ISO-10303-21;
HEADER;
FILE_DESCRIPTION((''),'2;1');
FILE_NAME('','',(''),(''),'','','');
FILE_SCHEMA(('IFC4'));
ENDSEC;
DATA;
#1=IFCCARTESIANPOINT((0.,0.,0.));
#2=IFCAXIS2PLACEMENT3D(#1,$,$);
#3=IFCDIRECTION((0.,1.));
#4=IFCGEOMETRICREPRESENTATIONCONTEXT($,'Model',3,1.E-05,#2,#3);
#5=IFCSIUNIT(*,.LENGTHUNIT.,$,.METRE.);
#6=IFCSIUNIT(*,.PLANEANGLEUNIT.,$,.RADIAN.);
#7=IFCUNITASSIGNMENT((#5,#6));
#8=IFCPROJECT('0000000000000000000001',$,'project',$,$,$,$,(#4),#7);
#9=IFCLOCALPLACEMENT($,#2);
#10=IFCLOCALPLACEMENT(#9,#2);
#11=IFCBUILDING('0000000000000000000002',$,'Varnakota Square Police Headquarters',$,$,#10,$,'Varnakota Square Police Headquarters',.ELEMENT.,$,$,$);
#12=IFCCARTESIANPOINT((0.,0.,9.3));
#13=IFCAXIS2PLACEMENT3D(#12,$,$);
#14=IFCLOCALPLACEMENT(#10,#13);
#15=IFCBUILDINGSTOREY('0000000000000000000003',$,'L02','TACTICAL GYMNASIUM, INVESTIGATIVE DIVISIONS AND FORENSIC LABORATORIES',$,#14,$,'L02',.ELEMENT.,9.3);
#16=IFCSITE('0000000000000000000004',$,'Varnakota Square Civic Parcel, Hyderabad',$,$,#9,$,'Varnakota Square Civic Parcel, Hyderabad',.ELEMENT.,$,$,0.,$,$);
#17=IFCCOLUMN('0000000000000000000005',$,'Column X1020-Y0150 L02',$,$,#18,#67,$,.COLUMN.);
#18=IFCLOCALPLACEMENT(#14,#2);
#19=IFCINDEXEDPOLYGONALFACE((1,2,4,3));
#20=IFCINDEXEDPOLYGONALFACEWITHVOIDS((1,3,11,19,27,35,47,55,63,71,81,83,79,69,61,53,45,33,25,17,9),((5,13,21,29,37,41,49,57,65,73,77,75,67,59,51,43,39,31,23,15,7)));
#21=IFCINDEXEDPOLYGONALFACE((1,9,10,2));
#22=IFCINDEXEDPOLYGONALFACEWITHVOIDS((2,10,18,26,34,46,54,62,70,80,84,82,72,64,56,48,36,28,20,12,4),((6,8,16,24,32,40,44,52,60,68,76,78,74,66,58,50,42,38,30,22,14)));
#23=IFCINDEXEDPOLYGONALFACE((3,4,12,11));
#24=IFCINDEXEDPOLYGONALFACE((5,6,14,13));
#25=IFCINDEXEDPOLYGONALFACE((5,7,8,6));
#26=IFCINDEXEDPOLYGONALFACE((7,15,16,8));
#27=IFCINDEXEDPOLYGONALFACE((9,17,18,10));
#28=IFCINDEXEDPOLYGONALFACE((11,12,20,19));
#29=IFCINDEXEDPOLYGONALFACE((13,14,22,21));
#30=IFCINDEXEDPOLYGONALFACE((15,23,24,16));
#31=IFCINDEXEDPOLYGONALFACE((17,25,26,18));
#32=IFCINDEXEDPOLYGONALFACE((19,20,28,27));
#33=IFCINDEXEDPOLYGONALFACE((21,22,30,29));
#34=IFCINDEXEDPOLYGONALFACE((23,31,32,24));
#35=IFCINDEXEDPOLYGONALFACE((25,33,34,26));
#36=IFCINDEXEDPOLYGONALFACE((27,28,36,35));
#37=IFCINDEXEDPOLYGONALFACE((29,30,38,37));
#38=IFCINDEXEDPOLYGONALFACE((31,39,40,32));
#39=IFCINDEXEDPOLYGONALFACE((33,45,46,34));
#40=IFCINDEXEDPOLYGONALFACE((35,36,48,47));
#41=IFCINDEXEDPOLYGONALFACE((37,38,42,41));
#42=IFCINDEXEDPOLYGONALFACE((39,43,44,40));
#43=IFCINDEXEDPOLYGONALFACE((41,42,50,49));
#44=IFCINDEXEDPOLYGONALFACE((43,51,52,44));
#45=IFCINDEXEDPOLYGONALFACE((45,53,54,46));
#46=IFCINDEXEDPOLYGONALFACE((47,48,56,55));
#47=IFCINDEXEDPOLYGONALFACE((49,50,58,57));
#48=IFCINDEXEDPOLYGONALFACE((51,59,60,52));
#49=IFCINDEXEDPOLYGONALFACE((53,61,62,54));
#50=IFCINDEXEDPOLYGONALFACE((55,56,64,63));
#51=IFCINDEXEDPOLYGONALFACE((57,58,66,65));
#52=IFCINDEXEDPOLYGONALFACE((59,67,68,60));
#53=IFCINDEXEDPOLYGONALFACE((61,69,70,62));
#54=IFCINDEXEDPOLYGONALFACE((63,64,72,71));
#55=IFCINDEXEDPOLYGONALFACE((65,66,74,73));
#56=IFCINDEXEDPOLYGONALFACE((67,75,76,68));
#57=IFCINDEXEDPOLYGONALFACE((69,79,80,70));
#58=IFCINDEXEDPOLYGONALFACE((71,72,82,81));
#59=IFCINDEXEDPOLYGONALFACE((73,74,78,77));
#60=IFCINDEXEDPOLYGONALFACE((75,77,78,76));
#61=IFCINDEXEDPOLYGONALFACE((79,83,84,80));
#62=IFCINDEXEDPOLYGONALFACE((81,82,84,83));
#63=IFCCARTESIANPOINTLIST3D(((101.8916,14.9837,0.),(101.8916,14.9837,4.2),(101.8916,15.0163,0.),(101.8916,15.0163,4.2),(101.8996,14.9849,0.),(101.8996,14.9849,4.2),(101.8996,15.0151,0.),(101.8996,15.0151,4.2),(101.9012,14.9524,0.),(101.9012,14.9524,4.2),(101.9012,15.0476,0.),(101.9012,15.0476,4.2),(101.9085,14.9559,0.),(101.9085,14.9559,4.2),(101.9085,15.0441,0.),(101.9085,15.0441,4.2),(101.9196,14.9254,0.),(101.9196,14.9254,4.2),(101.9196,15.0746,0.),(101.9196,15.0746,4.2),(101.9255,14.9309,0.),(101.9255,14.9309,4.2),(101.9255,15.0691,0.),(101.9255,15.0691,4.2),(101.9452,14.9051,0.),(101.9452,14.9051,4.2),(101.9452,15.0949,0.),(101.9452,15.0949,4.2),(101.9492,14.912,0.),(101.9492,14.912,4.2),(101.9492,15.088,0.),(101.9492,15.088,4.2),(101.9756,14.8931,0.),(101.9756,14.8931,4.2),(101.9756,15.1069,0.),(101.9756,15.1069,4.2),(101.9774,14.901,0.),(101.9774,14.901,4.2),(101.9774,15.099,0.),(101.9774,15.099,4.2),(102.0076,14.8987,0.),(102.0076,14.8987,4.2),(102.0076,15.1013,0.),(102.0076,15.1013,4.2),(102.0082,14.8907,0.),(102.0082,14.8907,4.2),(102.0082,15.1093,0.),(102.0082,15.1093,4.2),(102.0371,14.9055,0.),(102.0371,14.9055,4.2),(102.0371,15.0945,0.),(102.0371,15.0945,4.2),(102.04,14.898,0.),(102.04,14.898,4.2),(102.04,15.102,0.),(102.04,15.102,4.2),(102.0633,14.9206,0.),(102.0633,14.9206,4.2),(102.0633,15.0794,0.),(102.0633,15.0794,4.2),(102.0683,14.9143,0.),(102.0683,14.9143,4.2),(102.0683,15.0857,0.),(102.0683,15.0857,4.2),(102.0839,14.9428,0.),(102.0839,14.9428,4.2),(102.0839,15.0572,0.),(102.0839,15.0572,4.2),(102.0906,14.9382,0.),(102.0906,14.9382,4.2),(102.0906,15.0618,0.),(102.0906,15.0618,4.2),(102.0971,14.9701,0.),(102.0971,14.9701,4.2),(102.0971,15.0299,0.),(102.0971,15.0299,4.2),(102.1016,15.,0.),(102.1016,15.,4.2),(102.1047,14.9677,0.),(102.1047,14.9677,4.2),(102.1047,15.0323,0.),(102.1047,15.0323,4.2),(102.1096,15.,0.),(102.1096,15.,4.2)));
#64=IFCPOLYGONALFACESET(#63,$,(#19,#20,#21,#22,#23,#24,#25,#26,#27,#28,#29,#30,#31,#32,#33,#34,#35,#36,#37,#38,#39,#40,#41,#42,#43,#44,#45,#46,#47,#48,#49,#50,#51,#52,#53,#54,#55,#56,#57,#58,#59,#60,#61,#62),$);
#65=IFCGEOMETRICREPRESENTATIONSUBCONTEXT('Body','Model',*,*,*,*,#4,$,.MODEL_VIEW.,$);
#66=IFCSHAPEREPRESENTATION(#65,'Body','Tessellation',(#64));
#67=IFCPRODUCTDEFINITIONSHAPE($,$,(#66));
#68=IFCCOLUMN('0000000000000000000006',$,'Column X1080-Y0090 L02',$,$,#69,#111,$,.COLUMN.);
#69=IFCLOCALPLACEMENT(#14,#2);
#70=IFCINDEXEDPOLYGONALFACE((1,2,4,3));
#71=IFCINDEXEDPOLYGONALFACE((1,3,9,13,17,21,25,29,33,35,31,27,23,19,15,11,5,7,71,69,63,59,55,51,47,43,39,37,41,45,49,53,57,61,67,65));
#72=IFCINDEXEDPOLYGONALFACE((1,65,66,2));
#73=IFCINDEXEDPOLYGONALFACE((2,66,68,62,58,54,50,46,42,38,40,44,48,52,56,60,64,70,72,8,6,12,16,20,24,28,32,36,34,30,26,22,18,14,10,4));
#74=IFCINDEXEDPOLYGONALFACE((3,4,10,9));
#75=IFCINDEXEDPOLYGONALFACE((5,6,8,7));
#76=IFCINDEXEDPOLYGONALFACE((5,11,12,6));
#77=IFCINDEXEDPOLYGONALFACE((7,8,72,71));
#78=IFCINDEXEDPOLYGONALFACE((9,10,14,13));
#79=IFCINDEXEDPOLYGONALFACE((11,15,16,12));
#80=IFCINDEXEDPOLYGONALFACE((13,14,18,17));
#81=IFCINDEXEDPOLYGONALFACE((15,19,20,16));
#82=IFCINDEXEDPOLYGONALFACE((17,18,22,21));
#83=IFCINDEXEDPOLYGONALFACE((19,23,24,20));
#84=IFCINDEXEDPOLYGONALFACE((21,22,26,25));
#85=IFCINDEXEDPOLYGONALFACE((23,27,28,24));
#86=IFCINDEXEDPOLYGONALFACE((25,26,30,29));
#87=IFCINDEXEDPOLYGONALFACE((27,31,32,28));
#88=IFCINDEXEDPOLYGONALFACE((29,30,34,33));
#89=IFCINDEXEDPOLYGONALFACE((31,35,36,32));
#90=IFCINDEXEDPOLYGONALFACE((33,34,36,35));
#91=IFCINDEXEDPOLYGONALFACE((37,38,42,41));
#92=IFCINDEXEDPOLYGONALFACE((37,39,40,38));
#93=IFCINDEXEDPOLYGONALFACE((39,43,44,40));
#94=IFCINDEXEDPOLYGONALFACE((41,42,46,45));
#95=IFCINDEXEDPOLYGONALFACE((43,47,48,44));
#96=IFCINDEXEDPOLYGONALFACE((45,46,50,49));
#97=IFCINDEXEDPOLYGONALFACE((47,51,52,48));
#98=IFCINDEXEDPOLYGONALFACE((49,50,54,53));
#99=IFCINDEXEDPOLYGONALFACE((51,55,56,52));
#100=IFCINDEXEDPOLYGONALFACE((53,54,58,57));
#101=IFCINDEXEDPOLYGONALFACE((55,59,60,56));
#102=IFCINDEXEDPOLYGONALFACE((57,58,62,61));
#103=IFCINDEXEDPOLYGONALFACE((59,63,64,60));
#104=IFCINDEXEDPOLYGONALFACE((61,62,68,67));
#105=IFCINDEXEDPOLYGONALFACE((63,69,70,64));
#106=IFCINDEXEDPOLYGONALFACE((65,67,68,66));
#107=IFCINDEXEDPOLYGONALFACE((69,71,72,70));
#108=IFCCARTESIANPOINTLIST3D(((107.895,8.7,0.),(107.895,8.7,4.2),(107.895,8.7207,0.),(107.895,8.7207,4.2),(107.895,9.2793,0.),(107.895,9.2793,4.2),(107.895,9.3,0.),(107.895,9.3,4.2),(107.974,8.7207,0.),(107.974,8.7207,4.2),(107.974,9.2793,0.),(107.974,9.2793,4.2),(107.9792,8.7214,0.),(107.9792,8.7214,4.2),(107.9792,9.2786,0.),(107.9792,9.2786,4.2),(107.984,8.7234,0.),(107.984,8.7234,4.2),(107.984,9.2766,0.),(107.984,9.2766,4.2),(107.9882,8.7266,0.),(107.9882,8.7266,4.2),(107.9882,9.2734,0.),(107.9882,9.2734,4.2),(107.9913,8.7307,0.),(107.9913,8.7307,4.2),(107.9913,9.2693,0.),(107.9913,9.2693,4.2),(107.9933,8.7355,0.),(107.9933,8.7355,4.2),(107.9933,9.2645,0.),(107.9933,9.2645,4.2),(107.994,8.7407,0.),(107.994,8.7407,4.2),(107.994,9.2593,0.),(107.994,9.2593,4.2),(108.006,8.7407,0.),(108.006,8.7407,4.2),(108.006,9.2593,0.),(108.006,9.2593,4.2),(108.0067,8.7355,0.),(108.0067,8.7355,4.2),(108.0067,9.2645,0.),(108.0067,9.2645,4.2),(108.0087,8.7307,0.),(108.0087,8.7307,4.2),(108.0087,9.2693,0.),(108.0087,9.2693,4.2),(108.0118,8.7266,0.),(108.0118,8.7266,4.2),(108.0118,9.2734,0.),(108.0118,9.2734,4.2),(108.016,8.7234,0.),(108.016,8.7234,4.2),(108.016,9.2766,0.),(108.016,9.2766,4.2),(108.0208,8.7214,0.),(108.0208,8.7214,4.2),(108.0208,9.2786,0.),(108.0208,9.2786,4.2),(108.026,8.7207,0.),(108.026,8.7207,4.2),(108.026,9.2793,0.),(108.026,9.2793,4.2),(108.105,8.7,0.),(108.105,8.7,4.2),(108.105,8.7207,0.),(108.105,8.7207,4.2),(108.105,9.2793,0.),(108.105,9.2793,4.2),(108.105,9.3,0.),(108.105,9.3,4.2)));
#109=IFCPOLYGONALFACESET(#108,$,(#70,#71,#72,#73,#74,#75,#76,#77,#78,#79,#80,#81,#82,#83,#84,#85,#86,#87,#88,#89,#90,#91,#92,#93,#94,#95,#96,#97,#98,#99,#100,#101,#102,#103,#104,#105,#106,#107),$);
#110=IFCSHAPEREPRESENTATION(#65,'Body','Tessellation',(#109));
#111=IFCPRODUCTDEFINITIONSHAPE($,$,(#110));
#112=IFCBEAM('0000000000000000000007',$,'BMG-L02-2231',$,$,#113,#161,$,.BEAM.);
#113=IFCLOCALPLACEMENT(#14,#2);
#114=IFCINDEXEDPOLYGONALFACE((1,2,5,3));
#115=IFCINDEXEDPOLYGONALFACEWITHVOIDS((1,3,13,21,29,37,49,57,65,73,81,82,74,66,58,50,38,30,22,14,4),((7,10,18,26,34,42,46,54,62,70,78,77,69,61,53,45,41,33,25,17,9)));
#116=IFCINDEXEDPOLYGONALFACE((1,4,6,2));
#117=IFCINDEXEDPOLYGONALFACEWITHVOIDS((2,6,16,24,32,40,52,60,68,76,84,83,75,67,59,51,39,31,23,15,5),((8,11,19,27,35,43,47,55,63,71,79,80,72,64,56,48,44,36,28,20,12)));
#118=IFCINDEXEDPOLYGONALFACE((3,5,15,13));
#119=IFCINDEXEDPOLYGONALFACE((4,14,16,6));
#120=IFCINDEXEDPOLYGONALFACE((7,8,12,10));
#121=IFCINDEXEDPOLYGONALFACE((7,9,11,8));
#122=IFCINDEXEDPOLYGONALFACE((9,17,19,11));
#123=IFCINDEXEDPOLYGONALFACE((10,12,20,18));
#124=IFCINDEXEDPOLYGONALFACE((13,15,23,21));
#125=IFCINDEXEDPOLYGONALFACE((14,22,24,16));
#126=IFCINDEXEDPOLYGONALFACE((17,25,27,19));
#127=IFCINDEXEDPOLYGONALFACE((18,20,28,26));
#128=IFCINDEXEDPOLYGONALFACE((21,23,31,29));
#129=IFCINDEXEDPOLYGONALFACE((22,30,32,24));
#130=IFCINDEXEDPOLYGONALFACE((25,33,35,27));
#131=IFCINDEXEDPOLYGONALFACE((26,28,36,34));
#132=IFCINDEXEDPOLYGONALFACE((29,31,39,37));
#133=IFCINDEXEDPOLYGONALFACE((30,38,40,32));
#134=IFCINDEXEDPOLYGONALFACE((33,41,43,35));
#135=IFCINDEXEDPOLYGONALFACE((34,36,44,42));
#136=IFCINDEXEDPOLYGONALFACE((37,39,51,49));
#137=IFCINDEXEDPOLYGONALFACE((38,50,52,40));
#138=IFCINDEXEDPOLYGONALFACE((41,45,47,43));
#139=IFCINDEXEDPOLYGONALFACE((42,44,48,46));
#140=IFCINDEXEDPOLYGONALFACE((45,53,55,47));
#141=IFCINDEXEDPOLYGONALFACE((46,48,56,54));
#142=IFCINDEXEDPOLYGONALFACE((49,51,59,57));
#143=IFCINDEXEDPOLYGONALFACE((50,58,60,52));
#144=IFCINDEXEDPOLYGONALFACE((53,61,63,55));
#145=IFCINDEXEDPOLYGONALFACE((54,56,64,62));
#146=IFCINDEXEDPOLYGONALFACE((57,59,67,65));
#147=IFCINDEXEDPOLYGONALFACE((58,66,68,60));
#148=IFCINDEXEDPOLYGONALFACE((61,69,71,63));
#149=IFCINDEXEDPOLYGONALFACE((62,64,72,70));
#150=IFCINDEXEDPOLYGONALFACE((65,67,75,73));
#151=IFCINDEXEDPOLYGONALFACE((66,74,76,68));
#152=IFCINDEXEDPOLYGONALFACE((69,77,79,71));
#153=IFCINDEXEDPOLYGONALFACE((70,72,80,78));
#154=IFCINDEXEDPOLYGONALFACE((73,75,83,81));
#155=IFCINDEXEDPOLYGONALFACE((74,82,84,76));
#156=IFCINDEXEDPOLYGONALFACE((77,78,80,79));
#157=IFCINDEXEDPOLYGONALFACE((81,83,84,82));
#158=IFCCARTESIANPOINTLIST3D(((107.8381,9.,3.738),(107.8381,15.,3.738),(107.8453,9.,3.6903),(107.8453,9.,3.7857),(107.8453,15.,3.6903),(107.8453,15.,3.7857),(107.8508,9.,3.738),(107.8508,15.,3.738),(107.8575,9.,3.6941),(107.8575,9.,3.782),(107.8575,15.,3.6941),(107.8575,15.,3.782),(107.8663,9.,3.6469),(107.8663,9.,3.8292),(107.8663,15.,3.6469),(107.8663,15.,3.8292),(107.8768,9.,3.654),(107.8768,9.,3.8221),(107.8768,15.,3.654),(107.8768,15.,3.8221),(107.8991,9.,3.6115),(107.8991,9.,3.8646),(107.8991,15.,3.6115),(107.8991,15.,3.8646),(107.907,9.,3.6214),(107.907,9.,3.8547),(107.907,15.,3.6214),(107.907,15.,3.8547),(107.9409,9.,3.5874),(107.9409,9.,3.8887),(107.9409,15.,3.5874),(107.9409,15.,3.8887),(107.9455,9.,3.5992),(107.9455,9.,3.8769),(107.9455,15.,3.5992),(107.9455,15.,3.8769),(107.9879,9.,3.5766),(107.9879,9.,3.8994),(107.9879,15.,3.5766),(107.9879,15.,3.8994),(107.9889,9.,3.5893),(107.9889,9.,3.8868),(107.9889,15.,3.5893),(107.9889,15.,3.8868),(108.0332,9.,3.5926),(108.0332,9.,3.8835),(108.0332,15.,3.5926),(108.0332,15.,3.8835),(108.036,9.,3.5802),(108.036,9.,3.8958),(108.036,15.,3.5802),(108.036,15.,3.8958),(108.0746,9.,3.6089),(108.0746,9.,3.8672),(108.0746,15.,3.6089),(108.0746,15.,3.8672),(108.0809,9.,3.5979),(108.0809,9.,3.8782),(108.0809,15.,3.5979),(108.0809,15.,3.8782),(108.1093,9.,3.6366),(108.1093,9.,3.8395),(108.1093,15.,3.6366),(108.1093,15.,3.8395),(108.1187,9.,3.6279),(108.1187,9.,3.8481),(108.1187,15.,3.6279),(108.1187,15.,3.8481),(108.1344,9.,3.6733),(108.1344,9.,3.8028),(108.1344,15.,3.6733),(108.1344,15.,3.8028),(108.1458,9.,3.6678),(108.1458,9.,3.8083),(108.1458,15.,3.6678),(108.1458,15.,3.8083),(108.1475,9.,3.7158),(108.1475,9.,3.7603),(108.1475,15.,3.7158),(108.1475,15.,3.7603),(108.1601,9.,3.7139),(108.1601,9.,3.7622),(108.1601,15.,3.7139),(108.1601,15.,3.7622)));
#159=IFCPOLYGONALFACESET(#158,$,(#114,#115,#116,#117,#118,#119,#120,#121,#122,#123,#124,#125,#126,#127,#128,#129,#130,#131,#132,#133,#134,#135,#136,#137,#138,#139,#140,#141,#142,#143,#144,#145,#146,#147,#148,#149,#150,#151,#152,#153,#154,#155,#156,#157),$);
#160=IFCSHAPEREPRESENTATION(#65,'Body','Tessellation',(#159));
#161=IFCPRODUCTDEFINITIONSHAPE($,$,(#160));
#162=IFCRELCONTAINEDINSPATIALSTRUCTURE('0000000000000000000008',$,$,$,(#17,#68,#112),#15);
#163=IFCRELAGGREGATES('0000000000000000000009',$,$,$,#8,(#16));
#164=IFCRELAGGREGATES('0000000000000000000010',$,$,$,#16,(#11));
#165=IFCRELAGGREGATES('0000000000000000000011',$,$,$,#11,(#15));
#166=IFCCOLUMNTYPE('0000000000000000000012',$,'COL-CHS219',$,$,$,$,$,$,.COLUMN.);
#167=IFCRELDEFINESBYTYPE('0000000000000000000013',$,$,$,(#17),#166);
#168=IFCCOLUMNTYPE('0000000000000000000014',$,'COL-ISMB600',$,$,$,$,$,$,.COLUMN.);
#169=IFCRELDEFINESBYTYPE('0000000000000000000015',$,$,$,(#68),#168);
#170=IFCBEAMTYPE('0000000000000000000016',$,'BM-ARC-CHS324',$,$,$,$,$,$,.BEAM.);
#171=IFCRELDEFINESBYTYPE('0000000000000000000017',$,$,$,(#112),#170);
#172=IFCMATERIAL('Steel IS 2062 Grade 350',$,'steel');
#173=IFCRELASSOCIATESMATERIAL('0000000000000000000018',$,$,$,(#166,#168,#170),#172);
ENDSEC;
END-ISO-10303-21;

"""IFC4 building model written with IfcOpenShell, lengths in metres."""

from ifc_helpers import new_model, si_unit, direction, frame, origin, origin_2d, place, context, subcontext, project, spatial, hollow_circle, i_section, extrude, material, material_profile, profile_set, type_object, element, save


model = new_model("IFC4")

# Units and contexts
model_context = context("Model", 3, precision=1e-05, world=origin(), true_north=direction((0.0, 1.0)))
body_context = subcontext(model_context, "Body", "Model", "MODEL_VIEW")
ifc_project = project(units=[si_unit("LENGTHUNIT", "METRE"), si_unit("PLANEANGLEUNIT", "RADIAN")], contexts=[model_context])

# Site, building, storey
site_placement = place(None, origin())
site = spatial("IfcSite", under=ifc_project, at=site_placement, Name="Varnakota Square Civic Parcel, Hyderabad", LongName="Varnakota Square Civic Parcel, Hyderabad", CompositionType="ELEMENT", RefElevation=0.0)
building_placement = place(site_placement, origin())
building = spatial("IfcBuilding", under=site, at=building_placement, Name="Varnakota Square Police Headquarters", LongName="Varnakota Square Police Headquarters", CompositionType="ELEMENT")
storey_placement = place(building_placement, frame((0.0, 0.0, 9.3)))
storey = spatial("IfcBuildingStorey", under=building, at=storey_placement, Name="L02", Description="TACTICAL GYMNASIUM, INVESTIGATIVE DIVISIONS AND FORENSIC LABORATORIES", LongName="L02", CompositionType="ELEMENT", Elevation=9.3)

# Columns
ifc_material_1 = material(Name="Steel IS 2062 Grade 350", Category="steel")
ifc_material_profile_1 = material_profile(ifc_material_1, hollow_circle(Radius=0.1096, WallThickness=0.0081, at=origin_2d()), Name="CHS 219.1x8.0")
ifc_profile_set_1 = profile_set([ifc_material_profile_1], Name="Steel IS 2062 Grade 350")
column_type_1 = type_object("IfcColumnType", Name="COL-CHS219", PredefinedType="COLUMN", material=ifc_profile_set_1)
column_1_placement = place(storey_placement, frame((102.0, 15.0, 0.0), z_axis=(0.0, 0.0, 1.0), x_axis=(1.0, 0.0, 0.0)))
element("IfcColumn", 1, at=column_1_placement, inside=storey, type_object=column_type_1, Name="Column X1020-Y0150 L02", PredefinedType="COLUMN", context=body_context, shape_type="SweptSolid", body=[
    extrude(hollow_circle(Radius=0.1096, WallThickness=0.0081, at=origin_2d()), origin(), (0.0, 0.0, 1.0), 4.2),
])
ifc_material_profile_2 = material_profile(ifc_material_1, i_section(OverallWidth=0.21, OverallDepth=0.6001, WebThickness=0.012, FlangeThickness=0.0208, FilletRadius=0.02, at=origin_2d()), Name="ISMB 600")
ifc_profile_set_2 = profile_set([ifc_material_profile_2], Name="Steel IS 2062 Grade 350")
column_type_2 = type_object("IfcColumnType", Name="COL-ISMB600", PredefinedType="COLUMN", material=ifc_profile_set_2)
column_2_placement = place(storey_placement, frame((108.0, 9.0, 0.0), z_axis=(0.0, 0.0, 1.0), x_axis=(1.0, 0.0, 0.0)))
element("IfcColumn", 2, at=column_2_placement, inside=storey, type_object=column_type_2, Name="Column X1080-Y0090 L02", PredefinedType="COLUMN", context=body_context, shape_type="SweptSolid", body=[
    extrude(i_section(OverallWidth=0.21, OverallDepth=0.6001, WebThickness=0.012, FlangeThickness=0.0208, FilletRadius=0.02, at=origin_2d()), origin(), (0.0, 0.0, 1.0), 4.2),
])

# Beam
ifc_material_profile_3 = material_profile(ifc_material_1, hollow_circle(Radius=0.1619, WallThickness=0.0127, at=origin_2d()), Name="CHS 323.9x12.7")
ifc_profile_set_3 = profile_set([ifc_material_profile_3], Name="Steel IS 2062 Grade 350")
beam_type_1 = type_object("IfcBeamType", Name="BM-ARC-CHS324", PredefinedType="BEAM", material=ifc_profile_set_3)
beam_1_placement = place(storey_placement, frame((108.0, 9.0, 3.738), z_axis=(0.0, 1.0, 0.0), x_axis=(-1.0, 0.0, 0.0)))
element("IfcBeam", 3, at=beam_1_placement, inside=storey, type_object=beam_type_1, Name="BMG-L02-2231", PredefinedType="BEAM", context=body_context, shape_type="SweptSolid", body=[
    extrude(hollow_circle(Radius=0.1619, WallThickness=0.0127, at=origin_2d()), origin(), (0.0, 0.0, 1.0), 6.0),
])

save(model, "model.ifc")
